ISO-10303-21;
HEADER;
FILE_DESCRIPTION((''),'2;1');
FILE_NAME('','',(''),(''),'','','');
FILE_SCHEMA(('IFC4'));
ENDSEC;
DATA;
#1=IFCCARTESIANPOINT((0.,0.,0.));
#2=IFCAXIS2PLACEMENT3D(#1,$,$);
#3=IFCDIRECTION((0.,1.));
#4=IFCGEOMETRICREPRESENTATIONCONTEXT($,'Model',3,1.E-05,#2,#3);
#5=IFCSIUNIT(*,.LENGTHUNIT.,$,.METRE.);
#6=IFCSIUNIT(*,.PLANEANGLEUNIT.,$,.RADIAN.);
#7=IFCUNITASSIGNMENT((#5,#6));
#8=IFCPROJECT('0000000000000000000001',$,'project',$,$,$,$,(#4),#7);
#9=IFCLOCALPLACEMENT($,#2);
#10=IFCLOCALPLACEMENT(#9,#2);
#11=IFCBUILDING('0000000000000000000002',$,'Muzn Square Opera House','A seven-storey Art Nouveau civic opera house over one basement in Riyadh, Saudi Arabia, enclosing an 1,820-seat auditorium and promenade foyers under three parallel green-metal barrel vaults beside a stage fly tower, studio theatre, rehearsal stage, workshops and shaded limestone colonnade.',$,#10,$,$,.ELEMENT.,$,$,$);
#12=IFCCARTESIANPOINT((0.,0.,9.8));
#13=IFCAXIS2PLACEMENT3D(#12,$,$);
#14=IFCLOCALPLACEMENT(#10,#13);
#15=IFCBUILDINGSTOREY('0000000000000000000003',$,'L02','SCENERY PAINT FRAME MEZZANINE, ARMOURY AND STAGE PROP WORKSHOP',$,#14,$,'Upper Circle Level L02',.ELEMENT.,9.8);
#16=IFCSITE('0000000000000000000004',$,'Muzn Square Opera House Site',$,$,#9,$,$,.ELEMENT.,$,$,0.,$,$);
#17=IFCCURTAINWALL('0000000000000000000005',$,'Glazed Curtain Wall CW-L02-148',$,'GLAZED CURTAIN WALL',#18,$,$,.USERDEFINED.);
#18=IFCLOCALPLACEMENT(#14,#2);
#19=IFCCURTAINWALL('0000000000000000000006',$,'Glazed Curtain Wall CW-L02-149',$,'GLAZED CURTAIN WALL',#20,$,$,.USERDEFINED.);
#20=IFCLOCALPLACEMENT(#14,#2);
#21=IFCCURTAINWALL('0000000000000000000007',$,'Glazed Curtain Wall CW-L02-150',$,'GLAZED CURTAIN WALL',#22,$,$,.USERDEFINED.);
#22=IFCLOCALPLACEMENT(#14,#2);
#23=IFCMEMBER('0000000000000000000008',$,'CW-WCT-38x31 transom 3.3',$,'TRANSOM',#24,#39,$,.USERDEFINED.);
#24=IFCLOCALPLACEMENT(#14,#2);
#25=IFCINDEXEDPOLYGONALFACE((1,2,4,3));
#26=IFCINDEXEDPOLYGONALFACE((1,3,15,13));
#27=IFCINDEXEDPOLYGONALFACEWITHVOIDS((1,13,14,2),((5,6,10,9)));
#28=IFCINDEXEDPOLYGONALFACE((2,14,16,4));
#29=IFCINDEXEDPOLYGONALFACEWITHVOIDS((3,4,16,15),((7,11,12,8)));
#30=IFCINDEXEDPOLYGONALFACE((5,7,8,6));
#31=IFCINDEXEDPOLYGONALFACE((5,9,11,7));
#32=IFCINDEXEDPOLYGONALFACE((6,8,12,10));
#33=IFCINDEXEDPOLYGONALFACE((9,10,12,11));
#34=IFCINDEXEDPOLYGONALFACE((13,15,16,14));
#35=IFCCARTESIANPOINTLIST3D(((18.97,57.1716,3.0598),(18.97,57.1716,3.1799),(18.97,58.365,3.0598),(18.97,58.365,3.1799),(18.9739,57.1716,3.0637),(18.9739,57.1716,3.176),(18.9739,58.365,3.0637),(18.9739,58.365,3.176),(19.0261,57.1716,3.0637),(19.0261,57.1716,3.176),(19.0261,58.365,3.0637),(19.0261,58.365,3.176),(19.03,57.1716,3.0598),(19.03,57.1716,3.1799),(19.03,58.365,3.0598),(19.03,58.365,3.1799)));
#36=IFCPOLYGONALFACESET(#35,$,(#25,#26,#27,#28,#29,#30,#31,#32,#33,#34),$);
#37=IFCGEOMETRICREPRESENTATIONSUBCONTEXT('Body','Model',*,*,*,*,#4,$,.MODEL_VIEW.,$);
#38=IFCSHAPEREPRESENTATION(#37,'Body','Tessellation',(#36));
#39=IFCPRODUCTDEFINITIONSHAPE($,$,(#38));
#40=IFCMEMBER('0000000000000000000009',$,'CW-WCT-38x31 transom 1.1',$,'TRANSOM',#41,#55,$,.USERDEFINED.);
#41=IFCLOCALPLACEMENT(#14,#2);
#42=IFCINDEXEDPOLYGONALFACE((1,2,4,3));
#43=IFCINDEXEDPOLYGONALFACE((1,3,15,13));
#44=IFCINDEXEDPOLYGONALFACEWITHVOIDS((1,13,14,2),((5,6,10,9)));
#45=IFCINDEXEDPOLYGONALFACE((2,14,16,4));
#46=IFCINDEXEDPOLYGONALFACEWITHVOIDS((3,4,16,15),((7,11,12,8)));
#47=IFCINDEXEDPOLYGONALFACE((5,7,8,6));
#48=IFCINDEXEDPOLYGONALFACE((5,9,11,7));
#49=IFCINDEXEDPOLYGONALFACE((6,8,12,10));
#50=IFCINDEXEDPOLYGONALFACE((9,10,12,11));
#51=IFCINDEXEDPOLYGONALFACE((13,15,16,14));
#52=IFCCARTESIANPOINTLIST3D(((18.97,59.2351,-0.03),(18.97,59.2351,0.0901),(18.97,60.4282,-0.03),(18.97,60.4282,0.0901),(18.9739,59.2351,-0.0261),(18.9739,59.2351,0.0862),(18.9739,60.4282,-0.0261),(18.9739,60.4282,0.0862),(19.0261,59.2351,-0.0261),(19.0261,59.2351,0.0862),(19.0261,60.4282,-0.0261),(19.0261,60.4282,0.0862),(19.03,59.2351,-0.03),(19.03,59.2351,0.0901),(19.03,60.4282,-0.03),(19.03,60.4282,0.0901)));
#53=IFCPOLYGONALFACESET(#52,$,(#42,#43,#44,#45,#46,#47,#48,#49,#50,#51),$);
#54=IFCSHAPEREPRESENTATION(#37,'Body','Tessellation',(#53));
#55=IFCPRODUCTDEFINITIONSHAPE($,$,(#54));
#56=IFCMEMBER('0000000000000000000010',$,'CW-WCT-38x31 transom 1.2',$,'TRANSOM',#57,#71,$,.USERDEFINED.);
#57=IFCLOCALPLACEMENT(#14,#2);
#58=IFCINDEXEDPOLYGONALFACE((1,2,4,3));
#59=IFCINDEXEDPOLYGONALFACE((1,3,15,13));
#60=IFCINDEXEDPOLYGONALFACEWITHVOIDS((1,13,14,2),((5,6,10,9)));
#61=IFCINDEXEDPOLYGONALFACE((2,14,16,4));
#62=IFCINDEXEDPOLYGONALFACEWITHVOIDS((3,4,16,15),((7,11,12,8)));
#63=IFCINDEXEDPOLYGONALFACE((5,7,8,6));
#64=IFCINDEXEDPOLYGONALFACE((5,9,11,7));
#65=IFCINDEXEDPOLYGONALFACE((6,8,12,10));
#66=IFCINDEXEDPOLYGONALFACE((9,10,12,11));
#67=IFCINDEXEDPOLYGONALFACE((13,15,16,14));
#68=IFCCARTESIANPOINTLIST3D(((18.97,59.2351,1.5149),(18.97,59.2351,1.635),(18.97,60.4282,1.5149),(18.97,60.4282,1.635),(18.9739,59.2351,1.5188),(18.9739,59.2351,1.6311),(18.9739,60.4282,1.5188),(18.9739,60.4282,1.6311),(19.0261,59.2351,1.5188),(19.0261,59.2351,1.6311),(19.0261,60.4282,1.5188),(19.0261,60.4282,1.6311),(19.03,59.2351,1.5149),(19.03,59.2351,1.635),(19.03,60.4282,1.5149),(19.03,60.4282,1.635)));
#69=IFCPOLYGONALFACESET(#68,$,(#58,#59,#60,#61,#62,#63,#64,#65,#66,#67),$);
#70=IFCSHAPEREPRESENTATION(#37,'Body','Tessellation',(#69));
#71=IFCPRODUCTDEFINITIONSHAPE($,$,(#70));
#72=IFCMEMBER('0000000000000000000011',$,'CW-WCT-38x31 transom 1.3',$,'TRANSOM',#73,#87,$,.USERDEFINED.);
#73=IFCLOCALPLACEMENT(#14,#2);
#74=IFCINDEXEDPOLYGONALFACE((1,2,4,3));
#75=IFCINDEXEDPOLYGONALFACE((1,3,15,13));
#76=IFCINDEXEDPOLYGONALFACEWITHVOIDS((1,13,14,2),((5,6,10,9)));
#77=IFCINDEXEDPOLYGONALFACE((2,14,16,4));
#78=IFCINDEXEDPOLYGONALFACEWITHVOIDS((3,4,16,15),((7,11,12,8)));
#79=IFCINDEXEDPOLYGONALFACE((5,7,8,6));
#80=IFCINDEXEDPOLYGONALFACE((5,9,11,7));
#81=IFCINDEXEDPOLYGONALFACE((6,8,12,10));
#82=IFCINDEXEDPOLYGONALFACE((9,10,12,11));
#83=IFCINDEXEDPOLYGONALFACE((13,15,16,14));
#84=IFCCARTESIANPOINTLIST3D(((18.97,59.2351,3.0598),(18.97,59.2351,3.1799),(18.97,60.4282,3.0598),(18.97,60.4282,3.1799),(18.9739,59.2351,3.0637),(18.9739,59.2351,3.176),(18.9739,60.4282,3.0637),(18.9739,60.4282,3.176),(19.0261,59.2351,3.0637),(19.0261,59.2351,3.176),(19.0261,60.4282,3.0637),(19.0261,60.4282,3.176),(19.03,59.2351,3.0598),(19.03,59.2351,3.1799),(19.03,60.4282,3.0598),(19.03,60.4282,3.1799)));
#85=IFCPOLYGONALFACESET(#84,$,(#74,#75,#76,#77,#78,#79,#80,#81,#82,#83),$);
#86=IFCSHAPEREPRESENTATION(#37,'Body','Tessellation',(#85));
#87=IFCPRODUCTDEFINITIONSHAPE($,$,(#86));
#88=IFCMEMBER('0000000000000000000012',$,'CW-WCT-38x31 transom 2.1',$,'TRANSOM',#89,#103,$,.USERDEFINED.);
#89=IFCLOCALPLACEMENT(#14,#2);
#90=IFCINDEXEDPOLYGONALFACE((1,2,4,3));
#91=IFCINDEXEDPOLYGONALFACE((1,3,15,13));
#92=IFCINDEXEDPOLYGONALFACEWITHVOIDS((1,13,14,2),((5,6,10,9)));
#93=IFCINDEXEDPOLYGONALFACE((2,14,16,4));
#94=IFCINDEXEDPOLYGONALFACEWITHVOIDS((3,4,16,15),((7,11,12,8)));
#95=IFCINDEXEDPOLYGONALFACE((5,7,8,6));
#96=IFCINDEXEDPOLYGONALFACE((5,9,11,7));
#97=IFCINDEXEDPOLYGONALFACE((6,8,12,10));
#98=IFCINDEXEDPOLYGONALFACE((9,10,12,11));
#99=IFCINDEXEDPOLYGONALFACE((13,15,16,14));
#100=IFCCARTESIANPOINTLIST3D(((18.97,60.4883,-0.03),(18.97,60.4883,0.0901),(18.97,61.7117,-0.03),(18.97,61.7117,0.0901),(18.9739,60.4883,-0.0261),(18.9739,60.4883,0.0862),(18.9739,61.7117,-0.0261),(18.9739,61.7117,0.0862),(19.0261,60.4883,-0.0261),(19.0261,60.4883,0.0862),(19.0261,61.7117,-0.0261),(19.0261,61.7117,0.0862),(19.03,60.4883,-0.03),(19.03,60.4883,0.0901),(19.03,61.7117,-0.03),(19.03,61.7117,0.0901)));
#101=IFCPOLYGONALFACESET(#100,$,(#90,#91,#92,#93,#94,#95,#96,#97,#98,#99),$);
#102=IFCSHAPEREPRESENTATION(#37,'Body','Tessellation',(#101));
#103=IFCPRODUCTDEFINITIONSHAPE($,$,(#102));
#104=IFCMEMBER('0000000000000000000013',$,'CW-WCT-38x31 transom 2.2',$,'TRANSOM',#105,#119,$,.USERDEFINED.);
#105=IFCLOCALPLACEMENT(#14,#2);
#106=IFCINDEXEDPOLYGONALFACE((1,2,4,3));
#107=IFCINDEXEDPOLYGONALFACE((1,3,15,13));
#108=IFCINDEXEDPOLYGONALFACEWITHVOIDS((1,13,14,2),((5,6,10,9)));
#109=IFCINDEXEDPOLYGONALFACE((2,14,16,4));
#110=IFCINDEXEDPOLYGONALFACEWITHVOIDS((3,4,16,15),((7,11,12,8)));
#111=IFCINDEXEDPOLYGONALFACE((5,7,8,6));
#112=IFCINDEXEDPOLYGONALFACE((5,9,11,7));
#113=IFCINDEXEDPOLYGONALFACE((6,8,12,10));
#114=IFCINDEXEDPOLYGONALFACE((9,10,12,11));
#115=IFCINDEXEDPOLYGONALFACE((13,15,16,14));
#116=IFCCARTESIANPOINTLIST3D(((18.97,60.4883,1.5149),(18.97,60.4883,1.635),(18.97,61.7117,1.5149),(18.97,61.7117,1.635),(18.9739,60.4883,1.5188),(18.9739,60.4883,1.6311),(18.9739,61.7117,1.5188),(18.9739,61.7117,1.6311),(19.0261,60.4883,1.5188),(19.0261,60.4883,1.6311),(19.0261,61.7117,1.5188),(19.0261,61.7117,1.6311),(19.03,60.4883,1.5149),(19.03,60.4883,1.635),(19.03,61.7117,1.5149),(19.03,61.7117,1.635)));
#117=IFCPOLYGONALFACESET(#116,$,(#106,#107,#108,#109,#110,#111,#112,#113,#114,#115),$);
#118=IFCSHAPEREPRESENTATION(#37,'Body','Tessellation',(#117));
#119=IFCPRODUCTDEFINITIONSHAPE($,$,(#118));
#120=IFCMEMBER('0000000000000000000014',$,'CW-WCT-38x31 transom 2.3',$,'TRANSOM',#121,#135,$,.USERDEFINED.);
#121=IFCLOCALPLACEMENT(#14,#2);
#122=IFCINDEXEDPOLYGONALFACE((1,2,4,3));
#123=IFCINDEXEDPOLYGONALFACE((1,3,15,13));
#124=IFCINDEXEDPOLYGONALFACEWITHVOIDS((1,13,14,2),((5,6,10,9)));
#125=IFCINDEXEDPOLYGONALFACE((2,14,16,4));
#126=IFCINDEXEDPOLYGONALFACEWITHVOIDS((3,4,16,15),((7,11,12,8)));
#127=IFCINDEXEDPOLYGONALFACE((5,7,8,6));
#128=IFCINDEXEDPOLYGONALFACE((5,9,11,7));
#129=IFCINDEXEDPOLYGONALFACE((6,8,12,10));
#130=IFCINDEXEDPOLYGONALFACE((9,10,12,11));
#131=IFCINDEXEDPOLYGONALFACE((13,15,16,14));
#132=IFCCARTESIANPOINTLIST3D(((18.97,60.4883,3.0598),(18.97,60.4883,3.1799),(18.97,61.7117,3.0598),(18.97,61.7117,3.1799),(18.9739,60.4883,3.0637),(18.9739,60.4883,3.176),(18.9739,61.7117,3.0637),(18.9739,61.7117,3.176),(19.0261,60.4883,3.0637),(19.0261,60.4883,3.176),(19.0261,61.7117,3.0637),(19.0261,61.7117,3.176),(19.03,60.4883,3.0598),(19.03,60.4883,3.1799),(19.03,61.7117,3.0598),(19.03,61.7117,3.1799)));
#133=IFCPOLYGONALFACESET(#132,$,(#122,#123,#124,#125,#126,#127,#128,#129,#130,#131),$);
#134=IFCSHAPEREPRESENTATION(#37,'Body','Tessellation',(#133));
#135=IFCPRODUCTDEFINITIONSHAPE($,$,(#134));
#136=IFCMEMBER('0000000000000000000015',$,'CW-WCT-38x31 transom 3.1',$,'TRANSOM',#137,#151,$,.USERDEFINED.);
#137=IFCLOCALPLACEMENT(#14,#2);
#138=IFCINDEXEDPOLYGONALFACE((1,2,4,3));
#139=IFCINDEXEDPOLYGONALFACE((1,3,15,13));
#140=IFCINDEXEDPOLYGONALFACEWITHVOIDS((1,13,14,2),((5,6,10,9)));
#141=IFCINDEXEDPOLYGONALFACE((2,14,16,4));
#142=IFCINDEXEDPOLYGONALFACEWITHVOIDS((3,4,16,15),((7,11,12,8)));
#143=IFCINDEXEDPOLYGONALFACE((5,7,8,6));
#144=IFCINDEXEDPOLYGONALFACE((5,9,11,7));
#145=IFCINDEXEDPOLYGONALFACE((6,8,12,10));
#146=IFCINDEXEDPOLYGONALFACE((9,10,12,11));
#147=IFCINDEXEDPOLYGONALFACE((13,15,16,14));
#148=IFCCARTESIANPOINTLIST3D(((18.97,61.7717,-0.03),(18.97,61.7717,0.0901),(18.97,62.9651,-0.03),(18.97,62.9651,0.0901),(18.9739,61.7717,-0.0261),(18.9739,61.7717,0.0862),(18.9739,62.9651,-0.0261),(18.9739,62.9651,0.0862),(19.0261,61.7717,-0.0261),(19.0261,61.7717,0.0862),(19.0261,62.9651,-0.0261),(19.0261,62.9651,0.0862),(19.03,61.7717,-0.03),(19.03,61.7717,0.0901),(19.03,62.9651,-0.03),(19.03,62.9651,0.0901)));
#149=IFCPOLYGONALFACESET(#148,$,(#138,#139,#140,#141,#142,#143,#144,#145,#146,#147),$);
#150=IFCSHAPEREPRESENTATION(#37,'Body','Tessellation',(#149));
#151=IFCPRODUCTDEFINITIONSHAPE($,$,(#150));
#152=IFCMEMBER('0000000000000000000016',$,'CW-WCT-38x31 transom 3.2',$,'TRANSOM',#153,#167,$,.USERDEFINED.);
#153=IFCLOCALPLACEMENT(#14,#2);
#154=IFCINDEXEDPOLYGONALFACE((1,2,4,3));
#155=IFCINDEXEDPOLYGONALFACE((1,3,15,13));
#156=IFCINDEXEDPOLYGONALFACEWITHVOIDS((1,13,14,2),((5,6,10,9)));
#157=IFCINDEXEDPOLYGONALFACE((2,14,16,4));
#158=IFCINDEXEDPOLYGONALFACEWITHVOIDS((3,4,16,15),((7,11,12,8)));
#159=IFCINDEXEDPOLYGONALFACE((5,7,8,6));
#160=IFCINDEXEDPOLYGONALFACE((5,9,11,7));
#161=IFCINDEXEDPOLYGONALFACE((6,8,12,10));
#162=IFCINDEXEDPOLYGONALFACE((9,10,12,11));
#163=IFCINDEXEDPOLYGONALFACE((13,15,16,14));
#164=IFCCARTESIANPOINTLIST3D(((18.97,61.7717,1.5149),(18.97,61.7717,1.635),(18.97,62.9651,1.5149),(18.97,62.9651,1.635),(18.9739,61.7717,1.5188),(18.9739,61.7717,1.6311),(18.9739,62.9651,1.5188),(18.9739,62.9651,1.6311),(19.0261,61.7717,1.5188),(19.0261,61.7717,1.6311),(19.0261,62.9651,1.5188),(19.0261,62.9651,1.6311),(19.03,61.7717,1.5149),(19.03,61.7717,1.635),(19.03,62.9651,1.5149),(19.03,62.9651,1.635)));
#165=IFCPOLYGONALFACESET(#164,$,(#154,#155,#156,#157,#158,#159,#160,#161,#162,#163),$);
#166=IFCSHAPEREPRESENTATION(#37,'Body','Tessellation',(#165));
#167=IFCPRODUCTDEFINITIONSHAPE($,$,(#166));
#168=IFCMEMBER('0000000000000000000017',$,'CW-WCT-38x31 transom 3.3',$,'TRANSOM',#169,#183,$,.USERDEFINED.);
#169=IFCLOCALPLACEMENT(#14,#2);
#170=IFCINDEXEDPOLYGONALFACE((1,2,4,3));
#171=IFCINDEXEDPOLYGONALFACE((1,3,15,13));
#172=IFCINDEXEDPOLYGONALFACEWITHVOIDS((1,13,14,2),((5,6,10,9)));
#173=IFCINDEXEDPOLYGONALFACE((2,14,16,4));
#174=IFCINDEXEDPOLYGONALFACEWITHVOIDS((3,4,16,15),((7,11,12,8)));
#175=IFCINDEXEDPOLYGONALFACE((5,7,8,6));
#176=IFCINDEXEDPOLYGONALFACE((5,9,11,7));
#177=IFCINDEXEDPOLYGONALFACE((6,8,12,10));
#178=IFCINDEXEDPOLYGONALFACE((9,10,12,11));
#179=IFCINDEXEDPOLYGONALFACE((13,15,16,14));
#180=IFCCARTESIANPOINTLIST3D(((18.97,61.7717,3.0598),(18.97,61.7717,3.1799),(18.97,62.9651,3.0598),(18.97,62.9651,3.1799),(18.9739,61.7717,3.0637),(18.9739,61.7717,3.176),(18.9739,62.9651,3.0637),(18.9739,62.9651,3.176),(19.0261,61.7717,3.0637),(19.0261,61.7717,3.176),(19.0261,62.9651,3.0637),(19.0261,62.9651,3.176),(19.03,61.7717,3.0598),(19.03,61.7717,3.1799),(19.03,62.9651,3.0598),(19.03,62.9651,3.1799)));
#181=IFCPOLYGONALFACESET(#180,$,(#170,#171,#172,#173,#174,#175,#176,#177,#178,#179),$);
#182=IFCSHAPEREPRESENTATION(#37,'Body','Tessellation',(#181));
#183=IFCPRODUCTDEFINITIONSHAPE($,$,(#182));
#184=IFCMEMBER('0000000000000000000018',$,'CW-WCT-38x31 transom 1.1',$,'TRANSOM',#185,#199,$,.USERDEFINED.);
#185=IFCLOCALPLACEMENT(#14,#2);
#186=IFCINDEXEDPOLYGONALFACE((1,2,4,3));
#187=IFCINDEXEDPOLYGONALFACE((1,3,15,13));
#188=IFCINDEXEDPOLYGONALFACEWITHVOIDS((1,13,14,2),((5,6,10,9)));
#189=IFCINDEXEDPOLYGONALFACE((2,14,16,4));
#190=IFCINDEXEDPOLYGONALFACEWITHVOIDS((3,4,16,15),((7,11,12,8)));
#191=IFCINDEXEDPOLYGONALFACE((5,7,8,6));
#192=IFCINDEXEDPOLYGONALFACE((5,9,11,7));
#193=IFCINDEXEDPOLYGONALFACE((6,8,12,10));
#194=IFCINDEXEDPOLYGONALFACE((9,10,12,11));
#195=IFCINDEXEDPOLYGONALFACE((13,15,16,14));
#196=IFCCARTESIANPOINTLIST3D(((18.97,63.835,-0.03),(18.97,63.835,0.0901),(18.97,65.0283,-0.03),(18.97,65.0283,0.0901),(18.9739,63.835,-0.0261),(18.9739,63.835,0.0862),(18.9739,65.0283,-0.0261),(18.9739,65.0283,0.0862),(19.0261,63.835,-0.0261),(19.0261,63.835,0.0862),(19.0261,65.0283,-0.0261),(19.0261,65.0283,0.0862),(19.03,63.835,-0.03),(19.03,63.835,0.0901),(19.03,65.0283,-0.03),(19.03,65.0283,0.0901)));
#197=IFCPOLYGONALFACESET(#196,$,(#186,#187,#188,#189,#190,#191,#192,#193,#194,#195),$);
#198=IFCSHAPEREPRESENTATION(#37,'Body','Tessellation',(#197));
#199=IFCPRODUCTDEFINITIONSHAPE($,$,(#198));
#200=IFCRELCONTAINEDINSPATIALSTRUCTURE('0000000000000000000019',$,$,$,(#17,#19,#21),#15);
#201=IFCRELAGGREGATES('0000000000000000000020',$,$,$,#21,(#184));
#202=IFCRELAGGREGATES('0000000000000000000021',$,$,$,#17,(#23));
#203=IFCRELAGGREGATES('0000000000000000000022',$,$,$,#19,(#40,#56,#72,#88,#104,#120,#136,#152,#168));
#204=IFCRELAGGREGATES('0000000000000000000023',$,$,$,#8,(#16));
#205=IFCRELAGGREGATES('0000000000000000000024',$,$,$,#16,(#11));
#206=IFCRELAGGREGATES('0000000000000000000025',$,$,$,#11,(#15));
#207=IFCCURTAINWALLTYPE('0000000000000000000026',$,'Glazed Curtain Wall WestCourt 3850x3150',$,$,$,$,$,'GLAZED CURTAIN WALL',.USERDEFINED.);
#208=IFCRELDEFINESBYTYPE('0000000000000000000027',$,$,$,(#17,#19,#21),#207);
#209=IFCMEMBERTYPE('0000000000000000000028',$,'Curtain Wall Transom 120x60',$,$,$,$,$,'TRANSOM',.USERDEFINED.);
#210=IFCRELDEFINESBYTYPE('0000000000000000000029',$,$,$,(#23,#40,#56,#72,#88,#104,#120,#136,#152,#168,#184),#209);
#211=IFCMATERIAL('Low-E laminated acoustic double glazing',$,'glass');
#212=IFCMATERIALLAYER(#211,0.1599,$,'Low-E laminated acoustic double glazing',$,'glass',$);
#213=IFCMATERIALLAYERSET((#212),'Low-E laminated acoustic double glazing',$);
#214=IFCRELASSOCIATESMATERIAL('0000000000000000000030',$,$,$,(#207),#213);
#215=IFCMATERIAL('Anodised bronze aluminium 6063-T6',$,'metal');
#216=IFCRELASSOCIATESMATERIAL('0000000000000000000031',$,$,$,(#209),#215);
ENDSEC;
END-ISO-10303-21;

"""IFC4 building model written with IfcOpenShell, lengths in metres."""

from ifc_helpers import new_model, si_unit, direction, frame, origin, origin_2d, place, context, subcontext, project, spatial, hollow_rectangle, extrude, material, layer, layer_set, material_profile, profile_set, type_object, element, aggregate, save


model = new_model("IFC4")

# Units and contexts
model_context = context("Model", 3, precision=1e-05, world=origin(), true_north=direction((0.0, 1.0)))
body_context = subcontext(model_context, "Body", "Model", "MODEL_VIEW")
ifc_project = project(units=[si_unit("LENGTHUNIT", "METRE"), si_unit("PLANEANGLEUNIT", "RADIAN")], contexts=[model_context])

# Site, building, storey
site_placement = place(None, origin())
site = spatial("IfcSite", under=ifc_project, at=site_placement, Name="Muzn Square Opera House Site", CompositionType="ELEMENT", RefElevation=0.0)
building_placement = place(site_placement, origin())
building = spatial("IfcBuilding", under=site, at=building_placement, Name="Muzn Square Opera House", Description="A seven-storey Art Nouveau civic opera house over one basement in Riyadh, Saudi Arabia, enclosing an 1,820-seat auditorium and promenade foyers under three parallel green-metal barrel vaults beside a stage fly tower, studio theatre, rehearsal stage, workshops and shaded limestone colonnade.", CompositionType="ELEMENT")
storey_placement = place(building_placement, frame((0.0, 0.0, 9.8)))
storey = spatial("IfcBuildingStorey", under=building, at=storey_placement, Name="L02", Description="SCENERY PAINT FRAME MEZZANINE, ARMOURY AND STAGE PROP WORKSHOP", LongName="Upper Circle Level L02", CompositionType="ELEMENT", Elevation=9.8)

# Curtain walls
ifc_material_1 = material(Name="Low-E laminated acoustic double glazing", Category="glass")
ifc_layer_1 = layer(ifc_material_1, 0.1599, Name="Low-E laminated acoustic double glazing", Category="glass")
ifc_layer_set_1 = layer_set([ifc_layer_1], Name="Low-E laminated acoustic double glazing")
curtain_wall_type = type_object("IfcCurtainWallType", Name="Glazed Curtain Wall WestCourt 3850x3150", ElementType="GLAZED CURTAIN WALL", PredefinedType="USERDEFINED", material=ifc_layer_set_1)
curtain_wall_1_placement = place(storey_placement, origin())
curtain_wall_1 = element("IfcCurtainWall", 1, at=curtain_wall_1_placement, inside=storey, type_object=curtain_wall_type, Name="Glazed Curtain Wall CW-L02-148", ObjectType="GLAZED CURTAIN WALL", PredefinedType="USERDEFINED")
ifc_material_2 = material(Name="Anodised bronze aluminium 6063-T6", Category="metal")
curtain_wall_2_placement = place(storey_placement, origin())
curtain_wall_2 = element("IfcCurtainWall", 2, at=curtain_wall_2_placement, inside=storey, type_object=curtain_wall_type, Name="Glazed Curtain Wall CW-L02-149", ObjectType="GLAZED CURTAIN WALL", PredefinedType="USERDEFINED")

# Curtain wall
curtain_wall_3_placement = place(storey_placement, origin())
curtain_wall_3 = element("IfcCurtainWall", 3, at=curtain_wall_3_placement, inside=storey, type_object=curtain_wall_type, Name="Glazed Curtain Wall CW-L02-150", ObjectType="GLAZED CURTAIN WALL", PredefinedType="USERDEFINED")

# Members
ifc_material_profile_1 = material_profile(ifc_material_2, hollow_rectangle(XDim=0.0601, YDim=0.1201, WallThickness=0.0039, at=origin_2d()), Name="ALU 120x60x4", Category="metal")
ifc_profile_set_1 = profile_set([ifc_material_profile_1], Name="Anodised bronze aluminium 6063-T6")
member_type_1 = type_object("IfcMemberType", Name="Curtain Wall Transom 120x60", ElementType="TRANSOM", PredefinedType="USERDEFINED", material=ifc_profile_set_1)
member_1_placement = place(storey_placement, frame((19.0, 57.1716, 3.1199), z_axis=(0.0, 1.0, 0.0), x_axis=(-1.0, 0.0, 0.0)))
member_1 = element("IfcMember", 4, at=member_1_placement, type_object=member_type_1, Name="CW-WCT-38x31 transom 3.3", ObjectType="TRANSOM", PredefinedType="USERDEFINED", context=body_context, shape_type="SweptSolid", body=[
    extrude(hollow_rectangle(XDim=0.0601, YDim=0.1201, WallThickness=0.0039, at=origin_2d()), origin(), (0.0, 0.0, 1.0), 1.1934),
])
member_2_placement = place(storey_placement, frame((19.0, 59.2351, 0.03), z_axis=(0.0, 1.0, 0.0), x_axis=(-1.0, 0.0, 0.0)))
member_2 = element("IfcMember", 5, at=member_2_placement, type_object=member_type_1, Name="CW-WCT-38x31 transom 1.1", ObjectType="TRANSOM", PredefinedType="USERDEFINED", context=body_context, shape_type="SweptSolid", body=[
    extrude(hollow_rectangle(XDim=0.0601, YDim=0.1201, WallThickness=0.0039, at=origin_2d()), origin(), (0.0, 0.0, 1.0), 1.1931),
])
member_3_placement = place(storey_placement, frame((19.0, 59.2351, 1.575), z_axis=(0.0, 1.0, 0.0), x_axis=(-1.0, 0.0, 0.0)))
member_3 = element("IfcMember", 6, at=member_3_placement, type_object=member_type_1, Name="CW-WCT-38x31 transom 1.2", ObjectType="TRANSOM", PredefinedType="USERDEFINED", context=body_context, shape_type="SweptSolid", body=[
    extrude(hollow_rectangle(XDim=0.0601, YDim=0.1201, WallThickness=0.0039, at=origin_2d()), origin(), (0.0, 0.0, 1.0), 1.1931),
])
member_4_placement = place(storey_placement, frame((19.0, 59.2351, 3.1199), z_axis=(0.0, 1.0, 0.0), x_axis=(-1.0, 0.0, 0.0)))
member_4 = element("IfcMember", 7, at=member_4_placement, type_object=member_type_1, Name="CW-WCT-38x31 transom 1.3", ObjectType="TRANSOM", PredefinedType="USERDEFINED", context=body_context, shape_type="SweptSolid", body=[
    extrude(hollow_rectangle(XDim=0.0601, YDim=0.1201, WallThickness=0.0039, at=origin_2d()), origin(), (0.0, 0.0, 1.0), 1.1931),
])
member_5_placement = place(storey_placement, frame((19.0, 60.4883, 0.03), z_axis=(0.0, 1.0, 0.0), x_axis=(-1.0, 0.0, 0.0)))
member_5 = element("IfcMember", 8, at=member_5_placement, type_object=member_type_1, Name="CW-WCT-38x31 transom 2.1", ObjectType="TRANSOM", PredefinedType="USERDEFINED", context=body_context, shape_type="SweptSolid", body=[
    extrude(hollow_rectangle(XDim=0.0601, YDim=0.1201, WallThickness=0.0039, at=origin_2d()), origin(), (0.0, 0.0, 1.0), 1.2234),
])
member_6_placement = place(storey_placement, frame((19.0, 60.4883, 1.575), z_axis=(0.0, 1.0, 0.0), x_axis=(-1.0, 0.0, 0.0)))
member_6 = element("IfcMember", 9, at=member_6_placement, type_object=member_type_1, Name="CW-WCT-38x31 transom 2.2", ObjectType="TRANSOM", PredefinedType="USERDEFINED", context=body_context, shape_type="SweptSolid", body=[
    extrude(hollow_rectangle(XDim=0.0601, YDim=0.1201, WallThickness=0.0039, at=origin_2d()), origin(), (0.0, 0.0, 1.0), 1.2234),
])
member_7_placement = place(storey_placement, frame((19.0, 60.4883, 3.1199), z_axis=(0.0, 1.0, 0.0), x_axis=(-1.0, 0.0, 0.0)))
member_7 = element("IfcMember", 10, at=member_7_placement, type_object=member_type_1, Name="CW-WCT-38x31 transom 2.3", ObjectType="TRANSOM", PredefinedType="USERDEFINED", context=body_context, shape_type="SweptSolid", body=[
    extrude(hollow_rectangle(XDim=0.0601, YDim=0.1201, WallThickness=0.0039, at=origin_2d()), origin(), (0.0, 0.0, 1.0), 1.2234),
])
member_8_placement = place(storey_placement, frame((19.0, 61.7717, 0.03), z_axis=(0.0, 1.0, 0.0), x_axis=(-1.0, 0.0, 0.0)))
member_8 = element("IfcMember", 11, at=member_8_placement, type_object=member_type_1, Name="CW-WCT-38x31 transom 3.1", ObjectType="TRANSOM", PredefinedType="USERDEFINED", context=body_context, shape_type="SweptSolid", body=[
    extrude(hollow_rectangle(XDim=0.0601, YDim=0.1201, WallThickness=0.0039, at=origin_2d()), origin(), (0.0, 0.0, 1.0), 1.1934),
])
member_9_placement = place(storey_placement, frame((19.0, 61.7717, 1.575), z_axis=(0.0, 1.0, 0.0), x_axis=(-1.0, 0.0, 0.0)))
member_9 = element("IfcMember", 12, at=member_9_placement, type_object=member_type_1, Name="CW-WCT-38x31 transom 3.2", ObjectType="TRANSOM", PredefinedType="USERDEFINED", context=body_context, shape_type="SweptSolid", body=[
    extrude(hollow_rectangle(XDim=0.0601, YDim=0.1201, WallThickness=0.0039, at=origin_2d()), origin(), (0.0, 0.0, 1.0), 1.1934),
])
member_10_placement = place(storey_placement, frame((19.0, 61.7717, 3.1199), z_axis=(0.0, 1.0, 0.0), x_axis=(-1.0, 0.0, 0.0)))
member_10 = element("IfcMember", 13, at=member_10_placement, type_object=member_type_1, Name="CW-WCT-38x31 transom 3.3", ObjectType="TRANSOM", PredefinedType="USERDEFINED", context=body_context, shape_type="SweptSolid", body=[
    extrude(hollow_rectangle(XDim=0.0601, YDim=0.1201, WallThickness=0.0039, at=origin_2d()), origin(), (0.0, 0.0, 1.0), 1.1934),
])
member_11_placement = place(storey_placement, frame((19.0, 63.835, 0.03), z_axis=(0.0, 1.0, 0.0), x_axis=(-1.0, 0.0, 0.0)))
member_11 = element("IfcMember", 14, at=member_11_placement, type_object=member_type_1, Name="CW-WCT-38x31 transom 1.1", ObjectType="TRANSOM", PredefinedType="USERDEFINED", context=body_context, shape_type="SweptSolid", body=[
    extrude(hollow_rectangle(XDim=0.0601, YDim=0.1201, WallThickness=0.0039, at=origin_2d()), origin(), (0.0, 0.0, 1.0), 1.1934),
])
aggregate(curtain_wall_3, [member_11])

aggregate(curtain_wall_1, [member_1])
aggregate(curtain_wall_2, [member_2, member_3, member_4, member_5, member_6, member_7, member_8, member_9, member_10])

save(model, "model.ifc")
